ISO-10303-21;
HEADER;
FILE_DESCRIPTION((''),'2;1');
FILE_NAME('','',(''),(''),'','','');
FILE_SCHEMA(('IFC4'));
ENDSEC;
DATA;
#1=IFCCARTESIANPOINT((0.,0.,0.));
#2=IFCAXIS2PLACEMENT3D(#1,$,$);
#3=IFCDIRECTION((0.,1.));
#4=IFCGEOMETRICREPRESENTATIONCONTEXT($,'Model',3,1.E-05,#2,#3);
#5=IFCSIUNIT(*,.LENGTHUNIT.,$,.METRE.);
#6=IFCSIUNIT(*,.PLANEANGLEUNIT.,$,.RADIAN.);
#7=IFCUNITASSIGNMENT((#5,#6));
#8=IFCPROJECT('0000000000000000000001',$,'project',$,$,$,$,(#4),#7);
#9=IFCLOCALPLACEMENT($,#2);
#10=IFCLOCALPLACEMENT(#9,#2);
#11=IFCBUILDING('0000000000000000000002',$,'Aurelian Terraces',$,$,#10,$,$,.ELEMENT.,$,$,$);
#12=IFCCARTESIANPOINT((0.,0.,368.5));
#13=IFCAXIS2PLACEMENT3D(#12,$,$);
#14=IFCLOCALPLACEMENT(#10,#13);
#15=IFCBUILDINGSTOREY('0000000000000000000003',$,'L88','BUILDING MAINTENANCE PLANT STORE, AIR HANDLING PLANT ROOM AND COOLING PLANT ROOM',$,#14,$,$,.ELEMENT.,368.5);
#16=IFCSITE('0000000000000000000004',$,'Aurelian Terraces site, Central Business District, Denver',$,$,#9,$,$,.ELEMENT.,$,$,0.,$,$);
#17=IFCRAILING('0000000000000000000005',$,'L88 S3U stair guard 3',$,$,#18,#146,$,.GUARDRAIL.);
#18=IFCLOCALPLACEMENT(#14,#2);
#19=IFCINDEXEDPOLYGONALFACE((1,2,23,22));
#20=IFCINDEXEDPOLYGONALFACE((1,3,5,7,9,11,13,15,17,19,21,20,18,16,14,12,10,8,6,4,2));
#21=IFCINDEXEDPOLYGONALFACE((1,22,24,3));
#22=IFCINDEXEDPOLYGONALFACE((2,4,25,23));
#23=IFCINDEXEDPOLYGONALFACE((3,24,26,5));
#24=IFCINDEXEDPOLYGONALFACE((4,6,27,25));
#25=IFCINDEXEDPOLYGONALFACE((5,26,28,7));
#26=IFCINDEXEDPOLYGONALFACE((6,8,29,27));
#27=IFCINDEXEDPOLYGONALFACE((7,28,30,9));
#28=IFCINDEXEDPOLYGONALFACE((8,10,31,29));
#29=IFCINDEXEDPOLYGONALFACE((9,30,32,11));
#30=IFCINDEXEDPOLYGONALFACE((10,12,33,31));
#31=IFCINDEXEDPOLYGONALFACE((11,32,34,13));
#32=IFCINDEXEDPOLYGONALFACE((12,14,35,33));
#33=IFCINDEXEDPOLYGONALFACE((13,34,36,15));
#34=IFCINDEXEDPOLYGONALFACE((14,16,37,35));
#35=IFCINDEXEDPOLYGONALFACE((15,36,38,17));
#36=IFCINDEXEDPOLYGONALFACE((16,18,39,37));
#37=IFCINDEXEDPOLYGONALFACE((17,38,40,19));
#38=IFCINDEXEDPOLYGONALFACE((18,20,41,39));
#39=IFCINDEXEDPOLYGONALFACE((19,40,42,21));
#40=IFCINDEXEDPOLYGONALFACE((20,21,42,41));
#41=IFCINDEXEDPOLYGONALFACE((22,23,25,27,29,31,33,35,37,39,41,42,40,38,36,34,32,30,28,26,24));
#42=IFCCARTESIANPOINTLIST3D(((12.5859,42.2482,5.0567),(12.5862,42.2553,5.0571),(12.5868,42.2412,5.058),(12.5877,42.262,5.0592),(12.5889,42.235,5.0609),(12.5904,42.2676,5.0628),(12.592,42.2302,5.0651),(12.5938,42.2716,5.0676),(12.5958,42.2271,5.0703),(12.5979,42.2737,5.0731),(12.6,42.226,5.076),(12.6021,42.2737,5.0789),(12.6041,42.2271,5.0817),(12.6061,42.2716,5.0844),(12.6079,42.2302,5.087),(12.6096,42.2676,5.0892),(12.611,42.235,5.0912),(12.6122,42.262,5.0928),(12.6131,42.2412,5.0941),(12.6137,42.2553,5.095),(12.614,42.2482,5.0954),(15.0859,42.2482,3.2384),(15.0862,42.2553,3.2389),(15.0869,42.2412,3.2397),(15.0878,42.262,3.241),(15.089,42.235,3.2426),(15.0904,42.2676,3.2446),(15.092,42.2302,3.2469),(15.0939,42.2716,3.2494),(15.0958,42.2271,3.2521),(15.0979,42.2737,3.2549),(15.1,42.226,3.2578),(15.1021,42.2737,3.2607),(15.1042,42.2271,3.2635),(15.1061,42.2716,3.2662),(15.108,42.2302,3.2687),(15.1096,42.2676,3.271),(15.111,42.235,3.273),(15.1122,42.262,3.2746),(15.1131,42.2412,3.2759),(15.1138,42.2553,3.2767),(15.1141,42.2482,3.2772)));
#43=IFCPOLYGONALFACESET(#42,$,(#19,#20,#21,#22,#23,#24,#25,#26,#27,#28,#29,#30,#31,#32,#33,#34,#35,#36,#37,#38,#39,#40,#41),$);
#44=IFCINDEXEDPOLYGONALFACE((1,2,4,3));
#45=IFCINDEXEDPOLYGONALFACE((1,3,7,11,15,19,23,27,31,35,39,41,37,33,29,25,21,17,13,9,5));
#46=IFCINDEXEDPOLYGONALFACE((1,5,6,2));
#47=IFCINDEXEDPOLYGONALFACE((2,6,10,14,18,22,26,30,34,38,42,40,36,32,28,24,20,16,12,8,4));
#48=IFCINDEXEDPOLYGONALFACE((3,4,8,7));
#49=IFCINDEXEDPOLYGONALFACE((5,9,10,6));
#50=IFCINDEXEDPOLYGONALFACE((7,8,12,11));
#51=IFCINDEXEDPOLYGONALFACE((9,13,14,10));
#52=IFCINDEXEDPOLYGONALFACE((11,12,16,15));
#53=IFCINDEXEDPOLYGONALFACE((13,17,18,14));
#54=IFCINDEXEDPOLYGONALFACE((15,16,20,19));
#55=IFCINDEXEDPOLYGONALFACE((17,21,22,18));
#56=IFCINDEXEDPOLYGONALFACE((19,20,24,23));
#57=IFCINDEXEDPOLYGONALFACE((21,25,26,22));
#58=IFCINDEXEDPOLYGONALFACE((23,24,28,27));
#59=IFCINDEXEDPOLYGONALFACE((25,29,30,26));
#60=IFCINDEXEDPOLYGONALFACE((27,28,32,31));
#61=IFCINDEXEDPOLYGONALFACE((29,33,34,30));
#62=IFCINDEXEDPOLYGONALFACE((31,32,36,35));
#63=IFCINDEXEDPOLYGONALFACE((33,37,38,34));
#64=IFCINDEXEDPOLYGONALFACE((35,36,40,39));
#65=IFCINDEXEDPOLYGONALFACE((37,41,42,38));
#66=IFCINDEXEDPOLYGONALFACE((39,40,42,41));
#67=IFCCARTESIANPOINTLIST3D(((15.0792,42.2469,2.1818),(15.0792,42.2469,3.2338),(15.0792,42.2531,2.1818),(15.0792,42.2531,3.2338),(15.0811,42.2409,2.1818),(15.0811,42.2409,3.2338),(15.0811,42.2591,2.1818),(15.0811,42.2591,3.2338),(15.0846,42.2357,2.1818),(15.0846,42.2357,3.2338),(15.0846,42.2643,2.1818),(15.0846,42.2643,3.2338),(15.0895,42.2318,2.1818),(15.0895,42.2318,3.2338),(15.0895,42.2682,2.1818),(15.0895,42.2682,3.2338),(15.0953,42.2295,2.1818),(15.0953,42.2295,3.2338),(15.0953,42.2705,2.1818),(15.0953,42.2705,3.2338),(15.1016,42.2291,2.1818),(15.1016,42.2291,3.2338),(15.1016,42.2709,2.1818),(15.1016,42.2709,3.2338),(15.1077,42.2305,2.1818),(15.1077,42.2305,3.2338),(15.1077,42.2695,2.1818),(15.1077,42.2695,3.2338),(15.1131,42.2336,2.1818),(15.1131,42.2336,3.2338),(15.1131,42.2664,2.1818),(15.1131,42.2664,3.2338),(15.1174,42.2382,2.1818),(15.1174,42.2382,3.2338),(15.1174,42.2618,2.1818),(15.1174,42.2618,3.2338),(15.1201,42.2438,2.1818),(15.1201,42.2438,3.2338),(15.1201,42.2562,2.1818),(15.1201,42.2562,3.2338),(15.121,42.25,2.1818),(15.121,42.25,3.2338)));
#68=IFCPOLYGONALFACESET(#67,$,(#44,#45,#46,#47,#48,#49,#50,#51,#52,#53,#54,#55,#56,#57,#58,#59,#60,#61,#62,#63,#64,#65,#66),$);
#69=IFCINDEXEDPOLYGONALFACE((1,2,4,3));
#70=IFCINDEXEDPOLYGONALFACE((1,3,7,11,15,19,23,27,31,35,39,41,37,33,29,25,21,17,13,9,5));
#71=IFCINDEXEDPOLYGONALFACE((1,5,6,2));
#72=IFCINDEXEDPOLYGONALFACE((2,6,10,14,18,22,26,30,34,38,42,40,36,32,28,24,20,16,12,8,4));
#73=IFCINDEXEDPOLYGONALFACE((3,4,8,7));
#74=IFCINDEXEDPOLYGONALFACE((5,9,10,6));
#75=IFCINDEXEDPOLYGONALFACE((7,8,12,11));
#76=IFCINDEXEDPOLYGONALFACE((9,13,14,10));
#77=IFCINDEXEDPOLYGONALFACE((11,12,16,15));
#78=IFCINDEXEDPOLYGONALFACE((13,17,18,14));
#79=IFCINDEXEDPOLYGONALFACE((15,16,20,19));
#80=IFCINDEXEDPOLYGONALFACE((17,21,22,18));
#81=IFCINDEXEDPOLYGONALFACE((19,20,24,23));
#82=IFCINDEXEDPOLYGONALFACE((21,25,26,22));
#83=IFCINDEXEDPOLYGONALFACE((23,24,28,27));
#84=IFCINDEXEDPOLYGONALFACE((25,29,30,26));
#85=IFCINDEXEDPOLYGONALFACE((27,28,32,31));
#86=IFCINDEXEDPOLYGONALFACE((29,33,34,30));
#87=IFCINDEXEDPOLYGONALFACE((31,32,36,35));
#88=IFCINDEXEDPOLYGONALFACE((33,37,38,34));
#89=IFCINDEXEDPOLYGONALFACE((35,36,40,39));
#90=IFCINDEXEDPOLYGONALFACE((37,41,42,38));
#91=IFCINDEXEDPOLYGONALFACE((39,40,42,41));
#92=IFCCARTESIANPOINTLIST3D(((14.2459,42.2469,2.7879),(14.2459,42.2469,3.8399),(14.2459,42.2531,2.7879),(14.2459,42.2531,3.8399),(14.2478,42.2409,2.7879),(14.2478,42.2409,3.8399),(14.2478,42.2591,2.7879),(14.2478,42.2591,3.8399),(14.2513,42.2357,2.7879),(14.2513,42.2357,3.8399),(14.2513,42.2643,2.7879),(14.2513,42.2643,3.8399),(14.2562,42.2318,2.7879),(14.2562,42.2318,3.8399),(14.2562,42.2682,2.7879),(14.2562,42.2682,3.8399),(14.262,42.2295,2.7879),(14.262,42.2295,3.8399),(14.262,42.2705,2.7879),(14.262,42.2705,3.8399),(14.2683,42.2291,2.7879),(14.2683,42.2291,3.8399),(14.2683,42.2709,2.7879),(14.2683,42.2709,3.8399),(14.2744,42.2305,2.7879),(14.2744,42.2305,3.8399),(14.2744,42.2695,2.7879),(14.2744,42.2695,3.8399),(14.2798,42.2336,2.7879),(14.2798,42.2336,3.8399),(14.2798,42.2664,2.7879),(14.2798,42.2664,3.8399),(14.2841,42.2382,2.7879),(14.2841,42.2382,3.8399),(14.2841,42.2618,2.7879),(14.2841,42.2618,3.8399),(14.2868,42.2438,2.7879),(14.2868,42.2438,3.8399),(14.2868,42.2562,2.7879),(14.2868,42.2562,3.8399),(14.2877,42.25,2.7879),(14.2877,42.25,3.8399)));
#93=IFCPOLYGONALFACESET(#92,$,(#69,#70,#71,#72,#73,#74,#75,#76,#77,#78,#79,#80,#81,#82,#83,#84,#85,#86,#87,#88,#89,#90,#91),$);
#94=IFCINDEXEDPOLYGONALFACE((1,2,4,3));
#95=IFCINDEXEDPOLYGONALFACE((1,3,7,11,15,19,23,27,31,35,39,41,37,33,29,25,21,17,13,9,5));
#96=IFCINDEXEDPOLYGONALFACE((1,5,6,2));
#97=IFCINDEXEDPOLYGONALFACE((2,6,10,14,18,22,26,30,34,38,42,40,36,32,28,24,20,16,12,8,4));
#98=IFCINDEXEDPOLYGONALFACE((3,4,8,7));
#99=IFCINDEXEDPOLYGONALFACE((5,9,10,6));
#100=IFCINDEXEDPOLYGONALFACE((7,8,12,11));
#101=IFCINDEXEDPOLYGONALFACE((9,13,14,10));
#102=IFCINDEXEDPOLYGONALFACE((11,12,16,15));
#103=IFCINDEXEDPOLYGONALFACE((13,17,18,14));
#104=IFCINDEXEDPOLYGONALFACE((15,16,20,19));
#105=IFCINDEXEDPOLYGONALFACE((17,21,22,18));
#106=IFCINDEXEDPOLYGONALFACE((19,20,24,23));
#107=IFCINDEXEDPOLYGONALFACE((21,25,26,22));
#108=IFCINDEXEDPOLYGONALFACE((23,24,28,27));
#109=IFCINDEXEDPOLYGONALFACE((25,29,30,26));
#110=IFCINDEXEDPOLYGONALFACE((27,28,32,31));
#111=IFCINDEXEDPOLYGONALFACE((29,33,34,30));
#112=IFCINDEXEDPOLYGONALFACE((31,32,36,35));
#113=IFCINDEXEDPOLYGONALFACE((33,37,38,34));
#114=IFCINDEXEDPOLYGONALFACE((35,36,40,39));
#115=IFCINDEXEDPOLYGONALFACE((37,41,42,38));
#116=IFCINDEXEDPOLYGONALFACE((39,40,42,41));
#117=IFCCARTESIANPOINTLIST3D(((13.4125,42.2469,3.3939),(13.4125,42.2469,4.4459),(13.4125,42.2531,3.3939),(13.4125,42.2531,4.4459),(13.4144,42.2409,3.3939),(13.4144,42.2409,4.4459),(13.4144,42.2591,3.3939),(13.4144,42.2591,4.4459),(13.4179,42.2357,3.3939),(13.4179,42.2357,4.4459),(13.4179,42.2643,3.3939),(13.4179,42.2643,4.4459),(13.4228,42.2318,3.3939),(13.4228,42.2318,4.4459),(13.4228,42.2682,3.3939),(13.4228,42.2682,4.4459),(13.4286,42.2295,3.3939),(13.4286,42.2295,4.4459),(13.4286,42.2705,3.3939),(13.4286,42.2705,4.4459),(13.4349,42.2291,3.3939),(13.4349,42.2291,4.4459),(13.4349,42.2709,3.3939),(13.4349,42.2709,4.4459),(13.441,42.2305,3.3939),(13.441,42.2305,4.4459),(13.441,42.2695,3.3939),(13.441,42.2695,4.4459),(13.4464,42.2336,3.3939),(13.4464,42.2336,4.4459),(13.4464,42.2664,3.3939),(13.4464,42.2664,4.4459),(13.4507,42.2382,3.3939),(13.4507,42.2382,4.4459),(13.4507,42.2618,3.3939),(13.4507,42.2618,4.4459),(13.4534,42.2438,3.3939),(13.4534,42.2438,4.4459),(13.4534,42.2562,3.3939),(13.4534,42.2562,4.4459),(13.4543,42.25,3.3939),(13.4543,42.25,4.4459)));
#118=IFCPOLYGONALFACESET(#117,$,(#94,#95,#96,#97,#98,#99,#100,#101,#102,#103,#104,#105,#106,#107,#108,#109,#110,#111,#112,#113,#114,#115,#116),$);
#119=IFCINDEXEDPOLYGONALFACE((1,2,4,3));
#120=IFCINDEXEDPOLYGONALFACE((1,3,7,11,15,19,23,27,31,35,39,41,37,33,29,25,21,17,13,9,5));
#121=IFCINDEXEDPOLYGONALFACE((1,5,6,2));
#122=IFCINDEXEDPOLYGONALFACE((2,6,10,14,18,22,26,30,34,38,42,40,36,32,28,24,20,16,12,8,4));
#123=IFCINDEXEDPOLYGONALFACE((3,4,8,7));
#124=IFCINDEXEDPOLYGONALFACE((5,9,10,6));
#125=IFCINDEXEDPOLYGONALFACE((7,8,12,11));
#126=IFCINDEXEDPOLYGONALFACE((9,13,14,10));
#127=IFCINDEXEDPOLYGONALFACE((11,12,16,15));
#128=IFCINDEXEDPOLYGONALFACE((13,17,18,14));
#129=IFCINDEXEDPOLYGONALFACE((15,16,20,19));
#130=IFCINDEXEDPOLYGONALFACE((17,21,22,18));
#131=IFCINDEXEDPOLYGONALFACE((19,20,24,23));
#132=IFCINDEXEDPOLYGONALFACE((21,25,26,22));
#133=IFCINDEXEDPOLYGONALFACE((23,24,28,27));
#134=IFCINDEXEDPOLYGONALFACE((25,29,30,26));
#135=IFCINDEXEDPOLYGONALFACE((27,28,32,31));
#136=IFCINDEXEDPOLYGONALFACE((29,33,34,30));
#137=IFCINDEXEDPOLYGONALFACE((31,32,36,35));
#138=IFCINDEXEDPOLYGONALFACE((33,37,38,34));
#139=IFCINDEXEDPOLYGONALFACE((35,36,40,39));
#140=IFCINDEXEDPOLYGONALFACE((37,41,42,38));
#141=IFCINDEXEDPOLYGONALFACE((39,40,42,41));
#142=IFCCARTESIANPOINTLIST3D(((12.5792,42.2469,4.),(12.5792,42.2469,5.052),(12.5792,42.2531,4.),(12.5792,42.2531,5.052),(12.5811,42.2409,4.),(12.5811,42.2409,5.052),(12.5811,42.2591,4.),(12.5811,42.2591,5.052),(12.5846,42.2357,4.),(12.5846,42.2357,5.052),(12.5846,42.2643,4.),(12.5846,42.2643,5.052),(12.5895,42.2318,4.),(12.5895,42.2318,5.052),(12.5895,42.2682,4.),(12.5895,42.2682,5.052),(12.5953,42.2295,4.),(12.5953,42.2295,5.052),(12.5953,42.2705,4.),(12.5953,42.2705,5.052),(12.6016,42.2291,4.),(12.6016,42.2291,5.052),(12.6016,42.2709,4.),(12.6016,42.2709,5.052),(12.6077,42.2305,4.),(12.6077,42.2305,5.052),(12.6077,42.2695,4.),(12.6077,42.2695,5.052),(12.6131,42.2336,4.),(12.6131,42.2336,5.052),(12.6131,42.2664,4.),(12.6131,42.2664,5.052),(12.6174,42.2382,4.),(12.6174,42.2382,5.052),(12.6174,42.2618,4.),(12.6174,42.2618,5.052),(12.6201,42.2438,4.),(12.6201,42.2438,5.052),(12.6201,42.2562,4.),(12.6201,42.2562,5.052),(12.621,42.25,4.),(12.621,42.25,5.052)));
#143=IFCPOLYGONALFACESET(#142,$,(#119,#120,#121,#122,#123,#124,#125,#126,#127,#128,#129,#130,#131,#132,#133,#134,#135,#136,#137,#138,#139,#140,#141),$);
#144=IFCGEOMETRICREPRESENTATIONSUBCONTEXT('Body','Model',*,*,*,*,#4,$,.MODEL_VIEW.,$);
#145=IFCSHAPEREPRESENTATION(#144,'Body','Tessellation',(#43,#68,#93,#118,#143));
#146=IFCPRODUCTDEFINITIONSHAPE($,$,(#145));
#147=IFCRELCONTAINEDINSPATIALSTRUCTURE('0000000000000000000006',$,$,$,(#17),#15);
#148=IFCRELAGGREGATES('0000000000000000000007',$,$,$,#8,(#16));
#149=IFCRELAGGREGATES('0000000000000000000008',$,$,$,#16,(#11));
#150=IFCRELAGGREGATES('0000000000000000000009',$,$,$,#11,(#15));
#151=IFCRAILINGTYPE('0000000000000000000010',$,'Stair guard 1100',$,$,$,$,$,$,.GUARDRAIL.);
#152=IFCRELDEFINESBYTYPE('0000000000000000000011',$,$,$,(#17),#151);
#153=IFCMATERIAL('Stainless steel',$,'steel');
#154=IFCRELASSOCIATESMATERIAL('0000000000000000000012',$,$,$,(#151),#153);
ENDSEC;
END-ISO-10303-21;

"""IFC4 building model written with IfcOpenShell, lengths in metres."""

from ifc_helpers import new_model, si_unit, direction, frame, origin, origin_2d, place, context, subcontext, project, spatial, circle, extrude, source, transform, mapped, material, type_object, element, save


model = new_model("IFC4")

# Units and contexts
model_context = context("Model", 3, precision=1e-05, world=origin(), true_north=direction((0.0, 1.0)))
body_context = subcontext(model_context, "Body", "Model", "MODEL_VIEW")
ifc_project = project(units=[si_unit("LENGTHUNIT", "METRE"), si_unit("PLANEANGLEUNIT", "RADIAN")], contexts=[model_context])

# Site, building, storey
site_placement = place(None, origin())
site = spatial("IfcSite", under=ifc_project, at=site_placement, Name="Aurelian Terraces site, Central Business District, Denver", CompositionType="ELEMENT", RefElevation=0.0)
building_placement = place(site_placement, origin())
building = spatial("IfcBuilding", under=site, at=building_placement, Name="Aurelian Terraces", CompositionType="ELEMENT")
storey_placement = place(building_placement, frame((0.0, 0.0, 368.5)))
storey = spatial("IfcBuildingStorey", under=building, at=storey_placement, Name="L88", Description="BUILDING MAINTENANCE PLANT STORE, AIR HANDLING PLANT ROOM AND COOLING PLANT ROOM", CompositionType="ELEMENT", Elevation=368.5)

# Railing
ifc_material_1 = material(Name="Stainless steel", Category="steel")
railing_type_1 = type_object("IfcRailingType", Name="Stair guard 1100", PredefinedType="GUARDRAIL", material=ifc_material_1)
shared_shape_1 = source(origin(), body_context, "Body", "SweptSolid", [
    extrude(circle(Radius=0.024, at=origin_2d()), frame((0.0, 0.0, 1.076), z_axis=(-0.808733, 0.0, 0.588176), x_axis=(0.0, -1.0, 0.0)), (0.0, 0.0, 1.0), 3.0913),
    extrude(circle(Radius=0.021, at=origin_2d()), origin(), (0.0, 0.0, 1.0), 1.052),
    extrude(circle(Radius=0.021, at=origin_2d()), frame((-0.8333, 0.0, 0.6061)), (0.0, 0.0, 1.0), 1.052),
    extrude(circle(Radius=0.021, at=origin_2d()), frame((-1.6667, 0.0, 1.2121)), (0.0, 0.0, 1.0), 1.052),
    extrude(circle(Radius=0.021, at=origin_2d()), frame((-2.5, 0.0, 1.8182)), (0.0, 0.0, 1.0), 1.052),
])
railing_1_placement = place(storey_placement, frame((15.1, 42.25, 2.1818)))
element("IfcRailing", 1, at=railing_1_placement, inside=storey, type_object=railing_type_1, Name="L88 S3U stair guard 3", PredefinedType="GUARDRAIL", context=body_context, shape_type="MappedRepresentation", body=[
    mapped(shared_shape_1, transform((0.0, 0.0, 0.0), scale=1.0)),
])

save(model, "model.ifc")
